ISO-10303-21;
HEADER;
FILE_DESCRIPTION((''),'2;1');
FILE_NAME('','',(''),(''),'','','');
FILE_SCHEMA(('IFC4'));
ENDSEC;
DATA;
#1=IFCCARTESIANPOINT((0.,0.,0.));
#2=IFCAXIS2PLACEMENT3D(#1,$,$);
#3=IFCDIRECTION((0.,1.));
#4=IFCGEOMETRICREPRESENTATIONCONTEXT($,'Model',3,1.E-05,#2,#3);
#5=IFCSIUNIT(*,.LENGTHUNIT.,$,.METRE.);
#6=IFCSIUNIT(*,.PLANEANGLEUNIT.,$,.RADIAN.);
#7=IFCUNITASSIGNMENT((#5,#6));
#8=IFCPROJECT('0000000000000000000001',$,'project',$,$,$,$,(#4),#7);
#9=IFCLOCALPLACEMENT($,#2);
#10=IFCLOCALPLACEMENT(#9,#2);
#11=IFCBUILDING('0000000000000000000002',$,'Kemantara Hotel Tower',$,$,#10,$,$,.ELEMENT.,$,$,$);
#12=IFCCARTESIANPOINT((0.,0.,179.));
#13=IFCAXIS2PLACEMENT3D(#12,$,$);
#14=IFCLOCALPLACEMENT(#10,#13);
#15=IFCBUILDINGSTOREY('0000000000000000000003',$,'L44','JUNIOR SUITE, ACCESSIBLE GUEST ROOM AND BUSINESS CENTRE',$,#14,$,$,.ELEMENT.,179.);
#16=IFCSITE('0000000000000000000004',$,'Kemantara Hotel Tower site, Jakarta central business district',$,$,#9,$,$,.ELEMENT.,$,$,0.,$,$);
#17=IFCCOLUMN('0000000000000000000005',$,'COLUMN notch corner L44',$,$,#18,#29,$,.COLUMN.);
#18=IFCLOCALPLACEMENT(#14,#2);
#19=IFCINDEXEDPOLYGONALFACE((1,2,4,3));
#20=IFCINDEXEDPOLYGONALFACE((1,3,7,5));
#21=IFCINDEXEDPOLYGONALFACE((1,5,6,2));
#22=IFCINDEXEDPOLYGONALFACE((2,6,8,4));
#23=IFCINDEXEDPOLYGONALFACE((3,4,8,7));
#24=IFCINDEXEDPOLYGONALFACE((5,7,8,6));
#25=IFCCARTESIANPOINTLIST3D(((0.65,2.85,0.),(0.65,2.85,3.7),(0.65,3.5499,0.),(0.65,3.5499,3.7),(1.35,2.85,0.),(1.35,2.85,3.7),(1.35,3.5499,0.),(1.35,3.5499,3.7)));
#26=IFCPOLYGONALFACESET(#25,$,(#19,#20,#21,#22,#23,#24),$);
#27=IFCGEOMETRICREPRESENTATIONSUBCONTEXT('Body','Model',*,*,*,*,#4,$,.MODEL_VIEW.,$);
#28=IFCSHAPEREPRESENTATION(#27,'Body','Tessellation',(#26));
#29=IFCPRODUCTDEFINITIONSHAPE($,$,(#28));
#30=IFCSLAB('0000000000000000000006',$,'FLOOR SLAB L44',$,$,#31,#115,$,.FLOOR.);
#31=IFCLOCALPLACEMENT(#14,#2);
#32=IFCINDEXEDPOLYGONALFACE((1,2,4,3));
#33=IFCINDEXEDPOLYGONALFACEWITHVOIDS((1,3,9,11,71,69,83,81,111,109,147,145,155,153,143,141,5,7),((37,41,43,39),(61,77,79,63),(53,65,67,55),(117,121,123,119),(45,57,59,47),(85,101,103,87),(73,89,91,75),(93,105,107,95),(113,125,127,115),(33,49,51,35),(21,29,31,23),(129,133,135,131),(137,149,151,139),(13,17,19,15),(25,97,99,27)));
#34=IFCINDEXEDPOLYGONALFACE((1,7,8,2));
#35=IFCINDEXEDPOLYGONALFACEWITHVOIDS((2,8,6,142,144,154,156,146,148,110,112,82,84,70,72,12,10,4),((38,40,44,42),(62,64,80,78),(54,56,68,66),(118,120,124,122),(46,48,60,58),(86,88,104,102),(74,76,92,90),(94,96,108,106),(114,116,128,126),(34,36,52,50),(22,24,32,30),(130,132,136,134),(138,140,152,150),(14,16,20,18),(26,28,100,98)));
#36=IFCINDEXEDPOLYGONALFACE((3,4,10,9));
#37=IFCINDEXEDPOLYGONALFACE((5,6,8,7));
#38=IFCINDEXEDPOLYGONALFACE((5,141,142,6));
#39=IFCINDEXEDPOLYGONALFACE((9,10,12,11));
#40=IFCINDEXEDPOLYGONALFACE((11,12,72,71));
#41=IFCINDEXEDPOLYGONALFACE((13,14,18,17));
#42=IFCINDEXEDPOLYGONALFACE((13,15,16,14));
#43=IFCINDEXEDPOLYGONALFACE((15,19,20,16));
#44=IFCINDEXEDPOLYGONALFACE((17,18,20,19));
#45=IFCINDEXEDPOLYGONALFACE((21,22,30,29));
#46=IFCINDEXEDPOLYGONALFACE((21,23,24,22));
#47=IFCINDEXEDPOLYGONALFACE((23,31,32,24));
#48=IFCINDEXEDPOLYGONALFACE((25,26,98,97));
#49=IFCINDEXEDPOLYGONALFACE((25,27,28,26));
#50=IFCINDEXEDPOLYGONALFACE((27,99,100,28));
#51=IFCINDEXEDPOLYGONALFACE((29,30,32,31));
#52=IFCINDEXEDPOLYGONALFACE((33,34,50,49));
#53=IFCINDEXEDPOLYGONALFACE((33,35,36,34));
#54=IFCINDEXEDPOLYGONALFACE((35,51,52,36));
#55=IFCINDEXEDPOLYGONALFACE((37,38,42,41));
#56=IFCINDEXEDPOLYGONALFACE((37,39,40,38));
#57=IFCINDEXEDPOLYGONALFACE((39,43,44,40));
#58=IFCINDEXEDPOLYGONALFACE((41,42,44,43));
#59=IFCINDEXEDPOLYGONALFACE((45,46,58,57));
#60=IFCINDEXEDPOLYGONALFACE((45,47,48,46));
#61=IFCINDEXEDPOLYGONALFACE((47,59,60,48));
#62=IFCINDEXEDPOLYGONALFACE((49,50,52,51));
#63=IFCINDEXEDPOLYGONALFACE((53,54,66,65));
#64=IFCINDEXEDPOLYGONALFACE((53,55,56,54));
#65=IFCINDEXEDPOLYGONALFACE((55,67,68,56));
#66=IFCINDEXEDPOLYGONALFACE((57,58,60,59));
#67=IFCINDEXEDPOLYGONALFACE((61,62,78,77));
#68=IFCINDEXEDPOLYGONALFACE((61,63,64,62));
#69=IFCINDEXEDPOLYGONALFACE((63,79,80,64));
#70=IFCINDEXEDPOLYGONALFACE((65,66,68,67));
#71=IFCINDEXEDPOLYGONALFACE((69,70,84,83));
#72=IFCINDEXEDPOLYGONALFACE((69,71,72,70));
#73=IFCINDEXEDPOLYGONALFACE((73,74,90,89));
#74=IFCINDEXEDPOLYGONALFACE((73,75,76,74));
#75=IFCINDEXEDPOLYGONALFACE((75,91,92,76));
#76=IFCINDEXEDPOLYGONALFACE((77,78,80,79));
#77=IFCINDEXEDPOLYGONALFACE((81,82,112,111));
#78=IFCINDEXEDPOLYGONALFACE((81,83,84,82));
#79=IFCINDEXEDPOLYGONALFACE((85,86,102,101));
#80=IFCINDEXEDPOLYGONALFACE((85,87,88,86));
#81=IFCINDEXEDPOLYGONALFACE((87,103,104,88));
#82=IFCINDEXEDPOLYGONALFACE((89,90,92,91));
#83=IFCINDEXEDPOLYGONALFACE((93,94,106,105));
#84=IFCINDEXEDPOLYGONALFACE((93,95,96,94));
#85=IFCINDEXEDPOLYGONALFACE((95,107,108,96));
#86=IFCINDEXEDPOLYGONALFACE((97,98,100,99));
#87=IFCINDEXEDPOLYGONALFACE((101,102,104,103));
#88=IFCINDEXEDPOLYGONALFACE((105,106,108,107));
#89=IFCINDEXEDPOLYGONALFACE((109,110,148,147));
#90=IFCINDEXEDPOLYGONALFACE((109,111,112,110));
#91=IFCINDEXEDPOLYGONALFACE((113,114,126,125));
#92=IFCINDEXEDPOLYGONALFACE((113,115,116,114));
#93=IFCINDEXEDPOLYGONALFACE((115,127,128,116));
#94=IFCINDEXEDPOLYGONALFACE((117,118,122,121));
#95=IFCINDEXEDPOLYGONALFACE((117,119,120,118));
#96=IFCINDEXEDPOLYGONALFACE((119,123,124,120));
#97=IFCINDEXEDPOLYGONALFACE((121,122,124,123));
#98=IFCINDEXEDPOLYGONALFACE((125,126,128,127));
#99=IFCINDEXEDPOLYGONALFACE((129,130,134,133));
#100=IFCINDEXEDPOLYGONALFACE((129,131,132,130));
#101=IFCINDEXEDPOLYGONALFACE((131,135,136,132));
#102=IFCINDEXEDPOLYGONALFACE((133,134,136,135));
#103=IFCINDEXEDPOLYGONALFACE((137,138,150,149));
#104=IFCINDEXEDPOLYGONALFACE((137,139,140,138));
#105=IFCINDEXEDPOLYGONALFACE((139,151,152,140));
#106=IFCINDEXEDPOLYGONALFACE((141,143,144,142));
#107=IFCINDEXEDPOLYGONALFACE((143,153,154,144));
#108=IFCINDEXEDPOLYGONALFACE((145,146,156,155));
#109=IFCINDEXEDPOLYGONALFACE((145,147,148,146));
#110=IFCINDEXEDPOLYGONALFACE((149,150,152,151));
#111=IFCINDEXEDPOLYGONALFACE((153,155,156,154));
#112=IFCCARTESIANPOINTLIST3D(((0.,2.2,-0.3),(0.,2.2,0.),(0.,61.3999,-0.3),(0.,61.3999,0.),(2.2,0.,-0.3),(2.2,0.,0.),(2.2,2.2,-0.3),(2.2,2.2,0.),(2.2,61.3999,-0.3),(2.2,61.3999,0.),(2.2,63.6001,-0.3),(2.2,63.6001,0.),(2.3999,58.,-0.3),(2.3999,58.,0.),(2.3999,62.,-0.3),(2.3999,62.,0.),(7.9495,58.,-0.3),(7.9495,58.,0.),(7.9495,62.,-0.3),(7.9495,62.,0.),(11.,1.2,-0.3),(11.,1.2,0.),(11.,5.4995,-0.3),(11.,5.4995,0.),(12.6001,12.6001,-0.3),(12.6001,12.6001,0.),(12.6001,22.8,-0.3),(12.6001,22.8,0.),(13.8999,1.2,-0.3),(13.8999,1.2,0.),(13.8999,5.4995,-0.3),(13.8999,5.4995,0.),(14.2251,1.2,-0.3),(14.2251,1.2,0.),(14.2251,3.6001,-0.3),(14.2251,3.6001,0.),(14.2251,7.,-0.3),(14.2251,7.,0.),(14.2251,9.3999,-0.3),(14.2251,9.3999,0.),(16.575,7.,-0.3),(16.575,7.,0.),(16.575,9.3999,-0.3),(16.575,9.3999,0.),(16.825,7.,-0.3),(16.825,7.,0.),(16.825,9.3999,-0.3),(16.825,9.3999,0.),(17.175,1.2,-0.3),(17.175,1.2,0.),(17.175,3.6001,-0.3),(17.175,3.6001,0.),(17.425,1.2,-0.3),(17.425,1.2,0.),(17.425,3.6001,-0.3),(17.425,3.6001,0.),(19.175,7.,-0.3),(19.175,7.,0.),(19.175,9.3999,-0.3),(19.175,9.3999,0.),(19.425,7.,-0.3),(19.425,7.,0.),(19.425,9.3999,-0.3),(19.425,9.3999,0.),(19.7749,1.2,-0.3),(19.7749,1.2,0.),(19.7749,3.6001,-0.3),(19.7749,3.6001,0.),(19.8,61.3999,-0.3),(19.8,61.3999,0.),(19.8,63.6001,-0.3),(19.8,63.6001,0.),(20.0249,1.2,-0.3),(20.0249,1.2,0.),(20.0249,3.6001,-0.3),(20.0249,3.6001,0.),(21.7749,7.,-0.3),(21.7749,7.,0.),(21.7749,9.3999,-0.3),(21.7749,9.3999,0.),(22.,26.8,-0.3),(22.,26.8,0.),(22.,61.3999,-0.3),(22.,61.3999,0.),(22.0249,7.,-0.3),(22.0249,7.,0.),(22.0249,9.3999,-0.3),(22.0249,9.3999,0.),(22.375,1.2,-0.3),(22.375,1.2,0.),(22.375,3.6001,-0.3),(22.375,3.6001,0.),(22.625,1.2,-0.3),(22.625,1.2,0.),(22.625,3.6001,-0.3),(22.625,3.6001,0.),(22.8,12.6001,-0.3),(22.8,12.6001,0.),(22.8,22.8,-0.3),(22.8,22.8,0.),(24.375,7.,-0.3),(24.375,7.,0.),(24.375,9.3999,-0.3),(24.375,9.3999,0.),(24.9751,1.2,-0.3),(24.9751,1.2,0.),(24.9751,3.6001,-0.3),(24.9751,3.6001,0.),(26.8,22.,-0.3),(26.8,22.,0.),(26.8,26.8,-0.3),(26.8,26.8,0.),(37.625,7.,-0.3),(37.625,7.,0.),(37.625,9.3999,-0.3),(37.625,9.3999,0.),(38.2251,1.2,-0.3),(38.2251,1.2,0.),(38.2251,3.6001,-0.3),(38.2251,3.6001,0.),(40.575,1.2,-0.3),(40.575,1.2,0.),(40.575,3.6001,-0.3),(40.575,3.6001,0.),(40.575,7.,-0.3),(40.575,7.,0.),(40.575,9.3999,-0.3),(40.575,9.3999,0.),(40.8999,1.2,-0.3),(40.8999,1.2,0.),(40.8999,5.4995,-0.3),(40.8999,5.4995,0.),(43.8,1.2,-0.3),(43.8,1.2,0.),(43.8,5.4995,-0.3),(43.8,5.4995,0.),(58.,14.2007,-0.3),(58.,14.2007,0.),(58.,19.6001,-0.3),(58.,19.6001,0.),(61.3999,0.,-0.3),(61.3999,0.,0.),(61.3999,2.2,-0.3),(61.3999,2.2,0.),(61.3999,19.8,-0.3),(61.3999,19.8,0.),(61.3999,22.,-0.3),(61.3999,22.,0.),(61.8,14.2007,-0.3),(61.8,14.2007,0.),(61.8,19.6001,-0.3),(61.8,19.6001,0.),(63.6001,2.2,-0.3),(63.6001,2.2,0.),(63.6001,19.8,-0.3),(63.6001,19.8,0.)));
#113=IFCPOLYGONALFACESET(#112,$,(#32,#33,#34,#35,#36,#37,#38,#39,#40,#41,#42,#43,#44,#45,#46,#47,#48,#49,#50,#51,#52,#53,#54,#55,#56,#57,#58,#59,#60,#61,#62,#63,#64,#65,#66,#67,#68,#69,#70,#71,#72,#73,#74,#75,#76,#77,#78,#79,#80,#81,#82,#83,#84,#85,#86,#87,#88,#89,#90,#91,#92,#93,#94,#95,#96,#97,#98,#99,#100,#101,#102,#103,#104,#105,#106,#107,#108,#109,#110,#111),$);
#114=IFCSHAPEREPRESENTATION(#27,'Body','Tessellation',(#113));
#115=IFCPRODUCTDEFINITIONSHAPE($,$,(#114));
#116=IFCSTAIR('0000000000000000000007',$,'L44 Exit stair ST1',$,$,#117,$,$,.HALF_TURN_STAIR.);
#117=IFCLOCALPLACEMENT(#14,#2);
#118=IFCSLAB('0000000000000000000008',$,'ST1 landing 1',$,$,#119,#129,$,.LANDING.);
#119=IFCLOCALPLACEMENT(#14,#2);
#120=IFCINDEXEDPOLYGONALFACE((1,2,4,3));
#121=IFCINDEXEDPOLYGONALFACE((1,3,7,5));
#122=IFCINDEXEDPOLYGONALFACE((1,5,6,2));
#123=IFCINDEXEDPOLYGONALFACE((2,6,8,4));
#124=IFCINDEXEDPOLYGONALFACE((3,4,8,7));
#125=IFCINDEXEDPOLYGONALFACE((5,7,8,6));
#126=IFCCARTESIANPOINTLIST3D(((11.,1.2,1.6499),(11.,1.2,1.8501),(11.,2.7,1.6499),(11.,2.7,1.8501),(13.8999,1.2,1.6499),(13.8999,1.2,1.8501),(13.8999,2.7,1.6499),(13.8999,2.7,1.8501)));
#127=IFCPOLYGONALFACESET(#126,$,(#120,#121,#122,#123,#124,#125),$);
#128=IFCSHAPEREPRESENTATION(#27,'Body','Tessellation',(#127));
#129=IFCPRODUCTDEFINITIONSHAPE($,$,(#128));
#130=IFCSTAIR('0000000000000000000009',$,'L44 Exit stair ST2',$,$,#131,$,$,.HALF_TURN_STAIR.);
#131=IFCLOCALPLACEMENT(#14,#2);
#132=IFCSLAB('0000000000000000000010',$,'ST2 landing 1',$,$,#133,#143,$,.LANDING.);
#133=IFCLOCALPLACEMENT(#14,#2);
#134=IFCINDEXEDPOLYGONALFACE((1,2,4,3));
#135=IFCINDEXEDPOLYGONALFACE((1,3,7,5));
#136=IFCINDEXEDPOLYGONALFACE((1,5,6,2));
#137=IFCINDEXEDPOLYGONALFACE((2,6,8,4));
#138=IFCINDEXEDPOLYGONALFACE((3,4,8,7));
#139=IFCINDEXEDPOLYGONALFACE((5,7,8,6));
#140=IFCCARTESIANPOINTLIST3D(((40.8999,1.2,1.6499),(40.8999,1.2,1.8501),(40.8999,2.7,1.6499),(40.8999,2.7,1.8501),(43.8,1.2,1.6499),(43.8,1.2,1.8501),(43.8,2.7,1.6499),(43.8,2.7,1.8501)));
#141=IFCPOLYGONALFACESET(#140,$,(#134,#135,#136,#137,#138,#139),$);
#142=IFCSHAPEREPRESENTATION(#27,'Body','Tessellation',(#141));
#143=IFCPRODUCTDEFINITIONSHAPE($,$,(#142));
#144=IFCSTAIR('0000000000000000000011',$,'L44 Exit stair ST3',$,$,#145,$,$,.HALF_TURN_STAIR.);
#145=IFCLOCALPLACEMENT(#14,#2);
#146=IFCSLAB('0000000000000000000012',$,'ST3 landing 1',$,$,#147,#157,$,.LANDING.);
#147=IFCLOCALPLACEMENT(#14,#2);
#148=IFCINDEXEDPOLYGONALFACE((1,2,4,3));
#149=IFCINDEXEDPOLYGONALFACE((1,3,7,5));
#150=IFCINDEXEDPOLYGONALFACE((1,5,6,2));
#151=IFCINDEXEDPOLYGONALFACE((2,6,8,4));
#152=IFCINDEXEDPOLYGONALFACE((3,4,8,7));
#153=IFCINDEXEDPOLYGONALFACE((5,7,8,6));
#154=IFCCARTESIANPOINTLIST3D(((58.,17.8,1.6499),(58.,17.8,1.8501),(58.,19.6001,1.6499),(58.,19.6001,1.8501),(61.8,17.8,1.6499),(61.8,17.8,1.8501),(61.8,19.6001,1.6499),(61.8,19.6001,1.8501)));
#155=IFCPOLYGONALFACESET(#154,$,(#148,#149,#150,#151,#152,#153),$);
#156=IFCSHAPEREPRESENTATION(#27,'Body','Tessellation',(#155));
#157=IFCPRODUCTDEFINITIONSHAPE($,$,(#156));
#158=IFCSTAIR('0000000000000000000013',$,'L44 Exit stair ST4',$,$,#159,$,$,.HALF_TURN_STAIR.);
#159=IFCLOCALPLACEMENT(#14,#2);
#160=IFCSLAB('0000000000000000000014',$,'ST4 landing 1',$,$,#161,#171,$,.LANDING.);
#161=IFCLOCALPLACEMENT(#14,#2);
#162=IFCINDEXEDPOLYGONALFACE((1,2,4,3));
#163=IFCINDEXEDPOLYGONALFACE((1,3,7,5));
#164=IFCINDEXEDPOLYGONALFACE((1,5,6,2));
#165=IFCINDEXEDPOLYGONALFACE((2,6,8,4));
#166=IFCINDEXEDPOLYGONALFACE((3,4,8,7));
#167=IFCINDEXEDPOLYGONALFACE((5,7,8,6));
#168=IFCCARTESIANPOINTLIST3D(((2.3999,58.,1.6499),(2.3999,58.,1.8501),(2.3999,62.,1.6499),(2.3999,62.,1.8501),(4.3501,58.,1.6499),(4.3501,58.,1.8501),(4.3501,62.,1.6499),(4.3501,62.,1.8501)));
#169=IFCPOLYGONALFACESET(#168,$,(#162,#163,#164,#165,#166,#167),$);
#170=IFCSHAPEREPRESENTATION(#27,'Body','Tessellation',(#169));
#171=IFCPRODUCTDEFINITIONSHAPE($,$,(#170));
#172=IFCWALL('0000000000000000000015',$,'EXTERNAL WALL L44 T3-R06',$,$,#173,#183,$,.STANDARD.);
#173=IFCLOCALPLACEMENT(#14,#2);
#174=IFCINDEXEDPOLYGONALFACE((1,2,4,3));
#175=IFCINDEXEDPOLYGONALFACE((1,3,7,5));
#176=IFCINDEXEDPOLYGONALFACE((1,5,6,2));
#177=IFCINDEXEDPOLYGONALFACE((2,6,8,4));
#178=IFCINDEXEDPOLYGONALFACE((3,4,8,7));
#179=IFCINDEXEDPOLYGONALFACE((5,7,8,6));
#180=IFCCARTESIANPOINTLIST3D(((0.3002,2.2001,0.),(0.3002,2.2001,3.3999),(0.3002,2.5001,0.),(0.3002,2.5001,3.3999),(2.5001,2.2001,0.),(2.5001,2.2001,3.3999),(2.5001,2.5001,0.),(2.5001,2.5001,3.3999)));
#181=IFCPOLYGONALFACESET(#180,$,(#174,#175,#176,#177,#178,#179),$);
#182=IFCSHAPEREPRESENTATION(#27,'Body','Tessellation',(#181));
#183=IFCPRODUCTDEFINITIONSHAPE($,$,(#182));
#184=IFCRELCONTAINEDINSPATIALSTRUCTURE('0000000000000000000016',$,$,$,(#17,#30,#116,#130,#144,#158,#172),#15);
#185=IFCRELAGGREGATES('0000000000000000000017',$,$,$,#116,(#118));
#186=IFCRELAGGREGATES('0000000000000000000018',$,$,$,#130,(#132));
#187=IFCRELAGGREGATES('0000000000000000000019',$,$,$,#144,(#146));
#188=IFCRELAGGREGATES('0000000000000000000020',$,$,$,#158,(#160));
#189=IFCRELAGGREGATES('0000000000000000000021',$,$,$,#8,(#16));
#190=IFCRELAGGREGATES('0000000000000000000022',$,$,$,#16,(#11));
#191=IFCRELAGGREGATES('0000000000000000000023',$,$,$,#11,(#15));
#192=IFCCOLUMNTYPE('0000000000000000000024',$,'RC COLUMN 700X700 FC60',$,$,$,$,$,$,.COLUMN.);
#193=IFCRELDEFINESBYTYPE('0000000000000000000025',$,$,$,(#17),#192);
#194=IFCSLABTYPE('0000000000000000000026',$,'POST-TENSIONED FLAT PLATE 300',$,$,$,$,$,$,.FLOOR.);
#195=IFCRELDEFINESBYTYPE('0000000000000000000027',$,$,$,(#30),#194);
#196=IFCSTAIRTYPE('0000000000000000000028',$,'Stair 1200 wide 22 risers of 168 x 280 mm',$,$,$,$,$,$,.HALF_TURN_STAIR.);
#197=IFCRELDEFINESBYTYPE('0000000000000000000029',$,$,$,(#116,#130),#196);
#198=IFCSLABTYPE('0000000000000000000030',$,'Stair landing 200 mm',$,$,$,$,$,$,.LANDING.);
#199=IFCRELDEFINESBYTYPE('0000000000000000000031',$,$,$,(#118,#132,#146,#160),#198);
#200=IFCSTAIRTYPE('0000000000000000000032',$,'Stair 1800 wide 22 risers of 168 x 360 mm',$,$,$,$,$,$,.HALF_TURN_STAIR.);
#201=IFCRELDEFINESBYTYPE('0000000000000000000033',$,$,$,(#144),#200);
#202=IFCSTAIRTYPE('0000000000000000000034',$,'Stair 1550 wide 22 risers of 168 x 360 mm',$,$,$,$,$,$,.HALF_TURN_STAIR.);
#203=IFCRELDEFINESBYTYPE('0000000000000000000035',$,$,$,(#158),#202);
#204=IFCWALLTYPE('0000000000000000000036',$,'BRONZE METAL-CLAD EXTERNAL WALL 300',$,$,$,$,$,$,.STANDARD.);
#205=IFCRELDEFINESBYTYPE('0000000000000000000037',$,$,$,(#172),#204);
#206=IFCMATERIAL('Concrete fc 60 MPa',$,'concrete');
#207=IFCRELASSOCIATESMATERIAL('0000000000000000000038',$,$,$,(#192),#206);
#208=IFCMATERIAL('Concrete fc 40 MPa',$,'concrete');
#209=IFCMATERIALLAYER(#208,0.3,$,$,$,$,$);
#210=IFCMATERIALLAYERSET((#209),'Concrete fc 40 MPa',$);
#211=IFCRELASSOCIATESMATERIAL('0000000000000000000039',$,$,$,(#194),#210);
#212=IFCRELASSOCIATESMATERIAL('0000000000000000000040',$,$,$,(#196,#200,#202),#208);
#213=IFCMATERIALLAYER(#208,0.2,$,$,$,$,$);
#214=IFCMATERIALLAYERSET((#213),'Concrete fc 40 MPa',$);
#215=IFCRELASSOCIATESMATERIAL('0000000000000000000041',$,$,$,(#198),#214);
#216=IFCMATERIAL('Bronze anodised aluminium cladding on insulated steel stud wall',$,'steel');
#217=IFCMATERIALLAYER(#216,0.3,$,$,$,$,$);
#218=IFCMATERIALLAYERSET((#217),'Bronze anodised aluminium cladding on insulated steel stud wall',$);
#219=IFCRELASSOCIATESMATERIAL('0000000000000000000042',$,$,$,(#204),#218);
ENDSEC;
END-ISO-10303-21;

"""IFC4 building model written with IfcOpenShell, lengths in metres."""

from ifc_helpers import new_model, si_unit, direction, frame, frame_2d, origin, origin_2d, place, context, subcontext, project, spatial, polyline, rectangle, outline, extrude, material, layer, layer_set, material_profile, profile_set, type_object, element, aggregate, save


model = new_model("IFC4")

# Units and contexts
model_context = context("Model", 3, precision=1e-05, world=origin(), true_north=direction((0.0, 1.0)))
body_context = subcontext(model_context, "Body", "Model", "MODEL_VIEW")
ifc_project = project(units=[si_unit("LENGTHUNIT", "METRE"), si_unit("PLANEANGLEUNIT", "RADIAN")], contexts=[model_context])

# Site, building, storey
site_placement = place(None, origin())
site = spatial("IfcSite", under=ifc_project, at=site_placement, Name="Kemantara Hotel Tower site, Jakarta central business district", CompositionType="ELEMENT", RefElevation=0.0)
building_placement = place(site_placement, origin())
building = spatial("IfcBuilding", under=site, at=building_placement, Name="Kemantara Hotel Tower", CompositionType="ELEMENT")
storey_placement = place(building_placement, frame((0.0, 0.0, 179.0)))
storey = spatial("IfcBuildingStorey", under=building, at=storey_placement, Name="L44", Description="JUNIOR SUITE, ACCESSIBLE GUEST ROOM AND BUSINESS CENTRE", CompositionType="ELEMENT", Elevation=179.0)

# Column
ifc_material_1 = material(Name="Concrete fc 60 MPa", Category="concrete")
ifc_material_profile = material_profile(ifc_material_1, rectangle(XDim=0.7, YDim=0.7, at=origin_2d()), Name="RC 700X700")
ifc_profile_set = profile_set([ifc_material_profile], Name="Concrete fc 60 MPa")
column_type = type_object("IfcColumnType", Name="RC COLUMN 700X700 FC60", PredefinedType="COLUMN", material=ifc_profile_set)
column_placement = place(storey_placement, frame((1.0, 3.2, 0.0), z_axis=(0.0, 0.0, 1.0), x_axis=(1.0, 0.0, 0.0)))
element("IfcColumn", 1, at=column_placement, inside=storey, type_object=column_type, Name="COLUMN notch corner L44", PredefinedType="COLUMN", context=body_context, shape_type="SweptSolid", body=[
    extrude(rectangle(XDim=0.7, YDim=0.7, at=origin_2d()), origin(), (0.0, 0.0, 1.0), 3.7),
])

# Slab
ifc_material_2 = material(Name="Concrete fc 40 MPa", Category="concrete")
ifc_layer_1 = layer(ifc_material_2, 0.3)
ifc_layer_set_1 = layer_set([ifc_layer_1], Name="Concrete fc 40 MPa")
slab_type_1 = type_object("IfcSlabType", Name="POST-TENSIONED FLAT PLATE 300", PredefinedType="FLOOR", material=ifc_layer_set_1)
slab_1_placement = place(storey_placement, frame((0.0, 0.0, -0.3)))
element("IfcSlab", 2, at=slab_1_placement, inside=storey, type_object=slab_type_1, Name="FLOOR SLAB L44", PredefinedType="FLOOR", context=body_context, shape_type="SweptSolid", body=[
    extrude(outline(polyline([(22.0, 26.8), (22.0, 61.3999), (19.8, 61.3999), (19.8, 63.6001), (2.2, 63.6001), (2.2, 61.3999), (0.0, 61.3999), (0.0, 2.2), (2.2, 2.2), (2.2, 0.0), (61.3999, 0.0), (61.3999, 2.2), (63.6001, 2.2), (63.6001, 19.8), (61.3999, 19.8), (61.3999, 22.0), (26.8, 22.0), (26.8, 26.8), (22.0, 26.8)]), holes=[polyline([(17.175, 3.6001), (17.175, 1.2), (14.2251, 1.2), (14.2251, 3.6001), (17.175, 3.6001)]), polyline([(19.7749, 1.2), (17.425, 1.2), (17.425, 3.6001), (19.7749, 3.6001), (19.7749, 1.2)]), polyline([(11.0, 1.2), (11.0, 5.4995), (13.8999, 5.4995), (13.8999, 1.2), (11.0, 1.2)]), polyline([(16.575, 7.0), (14.2251, 7.0), (14.2251, 9.3999), (16.575, 9.3999), (16.575, 7.0)]), polyline([(19.175, 7.0), (16.825, 7.0), (16.825, 9.3999), (19.175, 9.3999), (19.175, 7.0)]), polyline([(21.7749, 7.0), (19.425, 7.0), (19.425, 9.3999), (21.7749, 9.3999), (21.7749, 7.0)]), polyline([(22.8, 12.6001), (12.6001, 12.6001), (12.6001, 22.8), (22.8, 22.8), (22.8, 12.6001)]), polyline([(2.3999, 62.0), (7.9495, 62.0), (7.9495, 58.0), (2.3999, 58.0), (2.3999, 62.0)]), polyline([(22.375, 1.2), (20.0249, 1.2), (20.0249, 3.6001), (22.375, 3.6001), (22.375, 1.2)]), polyline([(24.9751, 1.2), (22.625, 1.2), (22.625, 3.6001), (24.9751, 3.6001), (24.9751, 1.2)]), polyline([(40.575, 1.2), (38.2251, 1.2), (38.2251, 3.6001), (40.575, 3.6001), (40.575, 1.2)]), polyline([(40.8999, 1.2), (40.8999, 5.4995), (43.8, 5.4995), (43.8, 1.2), (40.8999, 1.2)]), polyline([(24.375, 7.0), (22.0249, 7.0), (22.0249, 9.3999), (24.375, 9.3999), (24.375, 7.0)]), polyline([(40.575, 7.0), (37.625, 7.0), (37.625, 9.3999), (40.575, 9.3999), (40.575, 7.0)]), polyline([(61.8, 19.6001), (61.8, 14.2007), (58.0, 14.2007), (58.0, 19.6001), (61.8, 19.6001)])]), origin(), (0.0, 0.0, 1.0), 0.3),
])

# Stairs, slabs
stair_type_1 = type_object("IfcStairType", Name="Stair 1200 wide 22 risers of 168 x 280 mm", PredefinedType="HALF_TURN_STAIR", material=ifc_material_2)
stair_1_placement = place(storey_placement, origin())
stair_1 = element("IfcStair", 3, at=stair_1_placement, inside=storey, type_object=stair_type_1, Name="L44 Exit stair ST1", PredefinedType="HALF_TURN_STAIR")
ifc_layer_2 = layer(ifc_material_2, 0.2)
ifc_layer_set_2 = layer_set([ifc_layer_2], Name="Concrete fc 40 MPa")
slab_type_2 = type_object("IfcSlabType", Name="Stair landing 200 mm", PredefinedType="LANDING", material=ifc_layer_set_2)
slab_2_placement = place(storey_placement, frame((0.0, 0.0, 1.6499)))
slab_2 = element("IfcSlab", 4, at=slab_2_placement, type_object=slab_type_2, Name="ST1 landing 1", PredefinedType="LANDING", context=body_context, shape_type="SweptSolid", body=[
    extrude(outline(polyline([(11.0, 2.7), (11.0, 1.2), (13.8999, 1.2), (13.8999, 2.7), (11.0, 2.7)])), origin(), (0.0, 0.0, 1.0), 0.2002),
])
aggregate(stair_1, [slab_2])
stair_2_placement = place(storey_placement, origin())
stair_2 = element("IfcStair", 5, at=stair_2_placement, inside=storey, type_object=stair_type_1, Name="L44 Exit stair ST2", PredefinedType="HALF_TURN_STAIR")
slab_3_placement = place(storey_placement, frame((0.0, 0.0, 1.6499)))
slab_3 = element("IfcSlab", 6, at=slab_3_placement, type_object=slab_type_2, Name="ST2 landing 1", PredefinedType="LANDING", context=body_context, shape_type="SweptSolid", body=[
    extrude(outline(polyline([(40.8999, 2.7), (40.8999, 1.2), (43.8, 1.2), (43.8, 2.7), (40.8999, 2.7)])), origin(), (0.0, 0.0, 1.0), 0.2002),
])
aggregate(stair_2, [slab_3])
stair_type_2 = type_object("IfcStairType", Name="Stair 1800 wide 22 risers of 168 x 360 mm", PredefinedType="HALF_TURN_STAIR", material=ifc_material_2)
stair_3_placement = place(storey_placement, origin())
stair_3 = element("IfcStair", 7, at=stair_3_placement, inside=storey, type_object=stair_type_2, Name="L44 Exit stair ST3", PredefinedType="HALF_TURN_STAIR")
slab_4_placement = place(storey_placement, frame((0.0, 0.0, 1.6499)))
slab_4 = element("IfcSlab", 8, at=slab_4_placement, type_object=slab_type_2, Name="ST3 landing 1", PredefinedType="LANDING", context=body_context, shape_type="SweptSolid", body=[
    extrude(outline(polyline([(61.8, 17.8), (61.8, 19.6001), (58.0, 19.6001), (58.0, 17.8), (61.8, 17.8)])), origin(), (0.0, 0.0, 1.0), 0.2002),
])
aggregate(stair_3, [slab_4])
stair_type_3 = type_object("IfcStairType", Name="Stair 1550 wide 22 risers of 168 x 360 mm", PredefinedType="HALF_TURN_STAIR", material=ifc_material_2)
stair_4_placement = place(storey_placement, origin())
stair_4 = element("IfcStair", 9, at=stair_4_placement, inside=storey, type_object=stair_type_3, Name="L44 Exit stair ST4", PredefinedType="HALF_TURN_STAIR")
slab_5_placement = place(storey_placement, frame((0.0, 0.0, 1.6499)))
slab_5 = element("IfcSlab", 10, at=slab_5_placement, type_object=slab_type_2, Name="ST4 landing 1", PredefinedType="LANDING", context=body_context, shape_type="SweptSolid", body=[
    extrude(outline(polyline([(4.3501, 62.0), (2.3999, 62.0), (2.3999, 58.0), (4.3501, 58.0), (4.3501, 62.0)])), origin(), (0.0, 0.0, 1.0), 0.2002),
])
aggregate(stair_4, [slab_5])

# Wall
ifc_material_3 = material(Name="Bronze anodised aluminium cladding on insulated steel stud wall", Category="steel")
ifc_layer_3 = layer(ifc_material_3, 0.3)
ifc_layer_set_3 = layer_set([ifc_layer_3], Name="Bronze anodised aluminium cladding on insulated steel stud wall")
wall_type_1 = type_object("IfcWallType", Name="BRONZE METAL-CLAD EXTERNAL WALL 300", PredefinedType="STANDARD", material=ifc_layer_set_3)
for number, where, z_axis, x_axis, name in (
    (11, (0.3, 2.3501, 0.0), (0.0, 0.0, 1.0), (1.0, 0.0, 0.0), "EXTERNAL WALL L44 T3-R06"),
):
    element("IfcWall", number, at=place(storey_placement, frame(where, z_axis=z_axis, x_axis=x_axis)), inside=storey, type_object=wall_type_1, Name=name, PredefinedType="STANDARD", context=body_context, shape_type="SweptSolid", body=[
        extrude(rectangle(XDim=2.2, YDim=0.3, at=frame_2d((1.1001, 0.0))), origin(), (0.0, 0.0, 1.0), 3.3999),
    ])

save(model, "model.ifc")
